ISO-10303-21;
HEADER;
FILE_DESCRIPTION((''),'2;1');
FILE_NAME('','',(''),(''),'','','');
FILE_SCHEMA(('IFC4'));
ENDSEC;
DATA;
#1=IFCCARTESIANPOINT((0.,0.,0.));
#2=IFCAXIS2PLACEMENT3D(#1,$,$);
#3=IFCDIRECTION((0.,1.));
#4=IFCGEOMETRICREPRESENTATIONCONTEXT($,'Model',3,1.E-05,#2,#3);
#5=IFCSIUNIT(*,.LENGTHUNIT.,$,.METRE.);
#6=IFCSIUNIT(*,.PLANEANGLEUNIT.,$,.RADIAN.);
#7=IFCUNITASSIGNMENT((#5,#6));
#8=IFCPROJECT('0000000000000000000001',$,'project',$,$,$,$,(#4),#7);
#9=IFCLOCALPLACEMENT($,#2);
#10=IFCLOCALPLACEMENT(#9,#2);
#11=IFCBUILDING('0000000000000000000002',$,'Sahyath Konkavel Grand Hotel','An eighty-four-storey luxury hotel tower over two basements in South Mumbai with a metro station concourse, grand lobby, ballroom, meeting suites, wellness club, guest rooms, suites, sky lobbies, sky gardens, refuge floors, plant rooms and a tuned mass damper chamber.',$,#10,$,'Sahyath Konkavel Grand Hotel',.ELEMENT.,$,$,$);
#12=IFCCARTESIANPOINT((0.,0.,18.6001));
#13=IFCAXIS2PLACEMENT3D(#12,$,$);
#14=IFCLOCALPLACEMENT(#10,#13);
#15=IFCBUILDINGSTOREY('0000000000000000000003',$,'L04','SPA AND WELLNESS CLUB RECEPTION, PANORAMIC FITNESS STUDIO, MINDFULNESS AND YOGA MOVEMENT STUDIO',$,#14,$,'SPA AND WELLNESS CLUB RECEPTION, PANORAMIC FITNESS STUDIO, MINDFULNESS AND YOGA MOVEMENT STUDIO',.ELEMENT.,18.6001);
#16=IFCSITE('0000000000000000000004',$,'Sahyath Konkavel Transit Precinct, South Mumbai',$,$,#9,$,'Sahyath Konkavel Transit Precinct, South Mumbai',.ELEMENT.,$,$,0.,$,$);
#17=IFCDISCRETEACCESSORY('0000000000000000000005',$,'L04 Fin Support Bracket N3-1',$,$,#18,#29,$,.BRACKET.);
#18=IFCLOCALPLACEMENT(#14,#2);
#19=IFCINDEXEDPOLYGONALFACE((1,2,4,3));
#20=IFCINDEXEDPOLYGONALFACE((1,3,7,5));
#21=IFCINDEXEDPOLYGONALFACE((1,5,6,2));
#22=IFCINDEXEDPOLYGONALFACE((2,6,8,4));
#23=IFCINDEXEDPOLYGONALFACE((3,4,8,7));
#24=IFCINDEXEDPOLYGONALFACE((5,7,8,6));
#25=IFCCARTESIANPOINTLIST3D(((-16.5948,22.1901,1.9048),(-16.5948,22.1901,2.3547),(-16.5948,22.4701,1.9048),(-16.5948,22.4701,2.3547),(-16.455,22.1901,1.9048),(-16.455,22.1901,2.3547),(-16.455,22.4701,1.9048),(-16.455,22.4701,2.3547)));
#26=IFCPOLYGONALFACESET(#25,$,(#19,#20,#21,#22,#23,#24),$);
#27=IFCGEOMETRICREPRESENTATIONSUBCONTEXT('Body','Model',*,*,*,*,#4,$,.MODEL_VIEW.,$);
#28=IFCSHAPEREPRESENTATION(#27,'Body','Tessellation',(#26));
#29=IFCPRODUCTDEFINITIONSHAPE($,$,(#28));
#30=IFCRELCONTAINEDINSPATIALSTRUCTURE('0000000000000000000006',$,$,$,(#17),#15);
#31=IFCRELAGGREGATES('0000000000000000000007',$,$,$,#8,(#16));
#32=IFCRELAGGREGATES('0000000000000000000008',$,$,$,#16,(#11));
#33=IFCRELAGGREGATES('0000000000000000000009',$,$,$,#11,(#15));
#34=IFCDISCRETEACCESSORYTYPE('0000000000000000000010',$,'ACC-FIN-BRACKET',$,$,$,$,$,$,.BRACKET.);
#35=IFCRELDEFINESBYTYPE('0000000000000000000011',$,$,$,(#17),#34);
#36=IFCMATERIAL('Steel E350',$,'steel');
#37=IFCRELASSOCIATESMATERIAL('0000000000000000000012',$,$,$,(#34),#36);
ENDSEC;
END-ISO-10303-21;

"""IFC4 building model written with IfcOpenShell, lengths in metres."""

from ifc_helpers import new_model, si_unit, direction, frame, origin, origin_2d, place, context, subcontext, project, spatial, rectangle, extrude, source, transform, mapped, material, type_object, element, save


model = new_model("IFC4")

# Units and contexts
model_context = context("Model", 3, precision=1e-05, world=origin(), true_north=direction((0.0, 1.0)))
body_context = subcontext(model_context, "Body", "Model", "MODEL_VIEW")
ifc_project = project(units=[si_unit("LENGTHUNIT", "METRE"), si_unit("PLANEANGLEUNIT", "RADIAN")], contexts=[model_context])

# Site, building, storey
site_placement = place(None, origin())
site = spatial("IfcSite", under=ifc_project, at=site_placement, Name="Sahyath Konkavel Transit Precinct, South Mumbai", LongName="Sahyath Konkavel Transit Precinct, South Mumbai", CompositionType="ELEMENT", RefElevation=0.0)
building_placement = place(site_placement, origin())
building = spatial("IfcBuilding", under=site, at=building_placement, Name="Sahyath Konkavel Grand Hotel", Description="An eighty-four-storey luxury hotel tower over two basements in South Mumbai with a metro station concourse, grand lobby, ballroom, meeting suites, wellness club, guest rooms, suites, sky lobbies, sky gardens, refuge floors, plant rooms and a tuned mass damper chamber.", LongName="Sahyath Konkavel Grand Hotel", CompositionType="ELEMENT")
storey_placement = place(building_placement, frame((0.0, 0.0, 18.6001)))
storey = spatial("IfcBuildingStorey", under=building, at=storey_placement, Name="L04", Description="SPA AND WELLNESS CLUB RECEPTION, PANORAMIC FITNESS STUDIO, MINDFULNESS AND YOGA MOVEMENT STUDIO", LongName="SPA AND WELLNESS CLUB RECEPTION, PANORAMIC FITNESS STUDIO, MINDFULNESS AND YOGA MOVEMENT STUDIO", CompositionType="ELEMENT", Elevation=18.6001)

# Shared definitions
ifc_material_1 = material(Name="Steel E350", Category="steel")

# Discrete accessory
discrete_accessory_type = type_object("IfcDiscreteAccessoryType", Name="ACC-FIN-BRACKET", PredefinedType="BRACKET", material=ifc_material_1)
shared_shape_1 = source(origin(), body_context, "Body", "SweptSolid", [
    extrude(rectangle(XDim=0.28, YDim=0.1399, at=origin_2d()), origin(), (0.0, 0.0, 1.0), 0.45),
])
discrete_accessory_placement = place(storey_placement, frame((-16.5249, 22.3301, 1.9048), z_axis=(0.0, 0.0, 1.0), x_axis=(0.0, 1.0, 0.0)))
element("IfcDiscreteAccessory", 1, at=discrete_accessory_placement, inside=storey, type_object=discrete_accessory_type, Name="L04 Fin Support Bracket N3-1", PredefinedType="BRACKET", context=body_context, shape_type="MappedRepresentation", body=[
    mapped(shared_shape_1, transform((0.0, 0.0, 0.0), scale=1.0)),
])

save(model, "model.ifc")
